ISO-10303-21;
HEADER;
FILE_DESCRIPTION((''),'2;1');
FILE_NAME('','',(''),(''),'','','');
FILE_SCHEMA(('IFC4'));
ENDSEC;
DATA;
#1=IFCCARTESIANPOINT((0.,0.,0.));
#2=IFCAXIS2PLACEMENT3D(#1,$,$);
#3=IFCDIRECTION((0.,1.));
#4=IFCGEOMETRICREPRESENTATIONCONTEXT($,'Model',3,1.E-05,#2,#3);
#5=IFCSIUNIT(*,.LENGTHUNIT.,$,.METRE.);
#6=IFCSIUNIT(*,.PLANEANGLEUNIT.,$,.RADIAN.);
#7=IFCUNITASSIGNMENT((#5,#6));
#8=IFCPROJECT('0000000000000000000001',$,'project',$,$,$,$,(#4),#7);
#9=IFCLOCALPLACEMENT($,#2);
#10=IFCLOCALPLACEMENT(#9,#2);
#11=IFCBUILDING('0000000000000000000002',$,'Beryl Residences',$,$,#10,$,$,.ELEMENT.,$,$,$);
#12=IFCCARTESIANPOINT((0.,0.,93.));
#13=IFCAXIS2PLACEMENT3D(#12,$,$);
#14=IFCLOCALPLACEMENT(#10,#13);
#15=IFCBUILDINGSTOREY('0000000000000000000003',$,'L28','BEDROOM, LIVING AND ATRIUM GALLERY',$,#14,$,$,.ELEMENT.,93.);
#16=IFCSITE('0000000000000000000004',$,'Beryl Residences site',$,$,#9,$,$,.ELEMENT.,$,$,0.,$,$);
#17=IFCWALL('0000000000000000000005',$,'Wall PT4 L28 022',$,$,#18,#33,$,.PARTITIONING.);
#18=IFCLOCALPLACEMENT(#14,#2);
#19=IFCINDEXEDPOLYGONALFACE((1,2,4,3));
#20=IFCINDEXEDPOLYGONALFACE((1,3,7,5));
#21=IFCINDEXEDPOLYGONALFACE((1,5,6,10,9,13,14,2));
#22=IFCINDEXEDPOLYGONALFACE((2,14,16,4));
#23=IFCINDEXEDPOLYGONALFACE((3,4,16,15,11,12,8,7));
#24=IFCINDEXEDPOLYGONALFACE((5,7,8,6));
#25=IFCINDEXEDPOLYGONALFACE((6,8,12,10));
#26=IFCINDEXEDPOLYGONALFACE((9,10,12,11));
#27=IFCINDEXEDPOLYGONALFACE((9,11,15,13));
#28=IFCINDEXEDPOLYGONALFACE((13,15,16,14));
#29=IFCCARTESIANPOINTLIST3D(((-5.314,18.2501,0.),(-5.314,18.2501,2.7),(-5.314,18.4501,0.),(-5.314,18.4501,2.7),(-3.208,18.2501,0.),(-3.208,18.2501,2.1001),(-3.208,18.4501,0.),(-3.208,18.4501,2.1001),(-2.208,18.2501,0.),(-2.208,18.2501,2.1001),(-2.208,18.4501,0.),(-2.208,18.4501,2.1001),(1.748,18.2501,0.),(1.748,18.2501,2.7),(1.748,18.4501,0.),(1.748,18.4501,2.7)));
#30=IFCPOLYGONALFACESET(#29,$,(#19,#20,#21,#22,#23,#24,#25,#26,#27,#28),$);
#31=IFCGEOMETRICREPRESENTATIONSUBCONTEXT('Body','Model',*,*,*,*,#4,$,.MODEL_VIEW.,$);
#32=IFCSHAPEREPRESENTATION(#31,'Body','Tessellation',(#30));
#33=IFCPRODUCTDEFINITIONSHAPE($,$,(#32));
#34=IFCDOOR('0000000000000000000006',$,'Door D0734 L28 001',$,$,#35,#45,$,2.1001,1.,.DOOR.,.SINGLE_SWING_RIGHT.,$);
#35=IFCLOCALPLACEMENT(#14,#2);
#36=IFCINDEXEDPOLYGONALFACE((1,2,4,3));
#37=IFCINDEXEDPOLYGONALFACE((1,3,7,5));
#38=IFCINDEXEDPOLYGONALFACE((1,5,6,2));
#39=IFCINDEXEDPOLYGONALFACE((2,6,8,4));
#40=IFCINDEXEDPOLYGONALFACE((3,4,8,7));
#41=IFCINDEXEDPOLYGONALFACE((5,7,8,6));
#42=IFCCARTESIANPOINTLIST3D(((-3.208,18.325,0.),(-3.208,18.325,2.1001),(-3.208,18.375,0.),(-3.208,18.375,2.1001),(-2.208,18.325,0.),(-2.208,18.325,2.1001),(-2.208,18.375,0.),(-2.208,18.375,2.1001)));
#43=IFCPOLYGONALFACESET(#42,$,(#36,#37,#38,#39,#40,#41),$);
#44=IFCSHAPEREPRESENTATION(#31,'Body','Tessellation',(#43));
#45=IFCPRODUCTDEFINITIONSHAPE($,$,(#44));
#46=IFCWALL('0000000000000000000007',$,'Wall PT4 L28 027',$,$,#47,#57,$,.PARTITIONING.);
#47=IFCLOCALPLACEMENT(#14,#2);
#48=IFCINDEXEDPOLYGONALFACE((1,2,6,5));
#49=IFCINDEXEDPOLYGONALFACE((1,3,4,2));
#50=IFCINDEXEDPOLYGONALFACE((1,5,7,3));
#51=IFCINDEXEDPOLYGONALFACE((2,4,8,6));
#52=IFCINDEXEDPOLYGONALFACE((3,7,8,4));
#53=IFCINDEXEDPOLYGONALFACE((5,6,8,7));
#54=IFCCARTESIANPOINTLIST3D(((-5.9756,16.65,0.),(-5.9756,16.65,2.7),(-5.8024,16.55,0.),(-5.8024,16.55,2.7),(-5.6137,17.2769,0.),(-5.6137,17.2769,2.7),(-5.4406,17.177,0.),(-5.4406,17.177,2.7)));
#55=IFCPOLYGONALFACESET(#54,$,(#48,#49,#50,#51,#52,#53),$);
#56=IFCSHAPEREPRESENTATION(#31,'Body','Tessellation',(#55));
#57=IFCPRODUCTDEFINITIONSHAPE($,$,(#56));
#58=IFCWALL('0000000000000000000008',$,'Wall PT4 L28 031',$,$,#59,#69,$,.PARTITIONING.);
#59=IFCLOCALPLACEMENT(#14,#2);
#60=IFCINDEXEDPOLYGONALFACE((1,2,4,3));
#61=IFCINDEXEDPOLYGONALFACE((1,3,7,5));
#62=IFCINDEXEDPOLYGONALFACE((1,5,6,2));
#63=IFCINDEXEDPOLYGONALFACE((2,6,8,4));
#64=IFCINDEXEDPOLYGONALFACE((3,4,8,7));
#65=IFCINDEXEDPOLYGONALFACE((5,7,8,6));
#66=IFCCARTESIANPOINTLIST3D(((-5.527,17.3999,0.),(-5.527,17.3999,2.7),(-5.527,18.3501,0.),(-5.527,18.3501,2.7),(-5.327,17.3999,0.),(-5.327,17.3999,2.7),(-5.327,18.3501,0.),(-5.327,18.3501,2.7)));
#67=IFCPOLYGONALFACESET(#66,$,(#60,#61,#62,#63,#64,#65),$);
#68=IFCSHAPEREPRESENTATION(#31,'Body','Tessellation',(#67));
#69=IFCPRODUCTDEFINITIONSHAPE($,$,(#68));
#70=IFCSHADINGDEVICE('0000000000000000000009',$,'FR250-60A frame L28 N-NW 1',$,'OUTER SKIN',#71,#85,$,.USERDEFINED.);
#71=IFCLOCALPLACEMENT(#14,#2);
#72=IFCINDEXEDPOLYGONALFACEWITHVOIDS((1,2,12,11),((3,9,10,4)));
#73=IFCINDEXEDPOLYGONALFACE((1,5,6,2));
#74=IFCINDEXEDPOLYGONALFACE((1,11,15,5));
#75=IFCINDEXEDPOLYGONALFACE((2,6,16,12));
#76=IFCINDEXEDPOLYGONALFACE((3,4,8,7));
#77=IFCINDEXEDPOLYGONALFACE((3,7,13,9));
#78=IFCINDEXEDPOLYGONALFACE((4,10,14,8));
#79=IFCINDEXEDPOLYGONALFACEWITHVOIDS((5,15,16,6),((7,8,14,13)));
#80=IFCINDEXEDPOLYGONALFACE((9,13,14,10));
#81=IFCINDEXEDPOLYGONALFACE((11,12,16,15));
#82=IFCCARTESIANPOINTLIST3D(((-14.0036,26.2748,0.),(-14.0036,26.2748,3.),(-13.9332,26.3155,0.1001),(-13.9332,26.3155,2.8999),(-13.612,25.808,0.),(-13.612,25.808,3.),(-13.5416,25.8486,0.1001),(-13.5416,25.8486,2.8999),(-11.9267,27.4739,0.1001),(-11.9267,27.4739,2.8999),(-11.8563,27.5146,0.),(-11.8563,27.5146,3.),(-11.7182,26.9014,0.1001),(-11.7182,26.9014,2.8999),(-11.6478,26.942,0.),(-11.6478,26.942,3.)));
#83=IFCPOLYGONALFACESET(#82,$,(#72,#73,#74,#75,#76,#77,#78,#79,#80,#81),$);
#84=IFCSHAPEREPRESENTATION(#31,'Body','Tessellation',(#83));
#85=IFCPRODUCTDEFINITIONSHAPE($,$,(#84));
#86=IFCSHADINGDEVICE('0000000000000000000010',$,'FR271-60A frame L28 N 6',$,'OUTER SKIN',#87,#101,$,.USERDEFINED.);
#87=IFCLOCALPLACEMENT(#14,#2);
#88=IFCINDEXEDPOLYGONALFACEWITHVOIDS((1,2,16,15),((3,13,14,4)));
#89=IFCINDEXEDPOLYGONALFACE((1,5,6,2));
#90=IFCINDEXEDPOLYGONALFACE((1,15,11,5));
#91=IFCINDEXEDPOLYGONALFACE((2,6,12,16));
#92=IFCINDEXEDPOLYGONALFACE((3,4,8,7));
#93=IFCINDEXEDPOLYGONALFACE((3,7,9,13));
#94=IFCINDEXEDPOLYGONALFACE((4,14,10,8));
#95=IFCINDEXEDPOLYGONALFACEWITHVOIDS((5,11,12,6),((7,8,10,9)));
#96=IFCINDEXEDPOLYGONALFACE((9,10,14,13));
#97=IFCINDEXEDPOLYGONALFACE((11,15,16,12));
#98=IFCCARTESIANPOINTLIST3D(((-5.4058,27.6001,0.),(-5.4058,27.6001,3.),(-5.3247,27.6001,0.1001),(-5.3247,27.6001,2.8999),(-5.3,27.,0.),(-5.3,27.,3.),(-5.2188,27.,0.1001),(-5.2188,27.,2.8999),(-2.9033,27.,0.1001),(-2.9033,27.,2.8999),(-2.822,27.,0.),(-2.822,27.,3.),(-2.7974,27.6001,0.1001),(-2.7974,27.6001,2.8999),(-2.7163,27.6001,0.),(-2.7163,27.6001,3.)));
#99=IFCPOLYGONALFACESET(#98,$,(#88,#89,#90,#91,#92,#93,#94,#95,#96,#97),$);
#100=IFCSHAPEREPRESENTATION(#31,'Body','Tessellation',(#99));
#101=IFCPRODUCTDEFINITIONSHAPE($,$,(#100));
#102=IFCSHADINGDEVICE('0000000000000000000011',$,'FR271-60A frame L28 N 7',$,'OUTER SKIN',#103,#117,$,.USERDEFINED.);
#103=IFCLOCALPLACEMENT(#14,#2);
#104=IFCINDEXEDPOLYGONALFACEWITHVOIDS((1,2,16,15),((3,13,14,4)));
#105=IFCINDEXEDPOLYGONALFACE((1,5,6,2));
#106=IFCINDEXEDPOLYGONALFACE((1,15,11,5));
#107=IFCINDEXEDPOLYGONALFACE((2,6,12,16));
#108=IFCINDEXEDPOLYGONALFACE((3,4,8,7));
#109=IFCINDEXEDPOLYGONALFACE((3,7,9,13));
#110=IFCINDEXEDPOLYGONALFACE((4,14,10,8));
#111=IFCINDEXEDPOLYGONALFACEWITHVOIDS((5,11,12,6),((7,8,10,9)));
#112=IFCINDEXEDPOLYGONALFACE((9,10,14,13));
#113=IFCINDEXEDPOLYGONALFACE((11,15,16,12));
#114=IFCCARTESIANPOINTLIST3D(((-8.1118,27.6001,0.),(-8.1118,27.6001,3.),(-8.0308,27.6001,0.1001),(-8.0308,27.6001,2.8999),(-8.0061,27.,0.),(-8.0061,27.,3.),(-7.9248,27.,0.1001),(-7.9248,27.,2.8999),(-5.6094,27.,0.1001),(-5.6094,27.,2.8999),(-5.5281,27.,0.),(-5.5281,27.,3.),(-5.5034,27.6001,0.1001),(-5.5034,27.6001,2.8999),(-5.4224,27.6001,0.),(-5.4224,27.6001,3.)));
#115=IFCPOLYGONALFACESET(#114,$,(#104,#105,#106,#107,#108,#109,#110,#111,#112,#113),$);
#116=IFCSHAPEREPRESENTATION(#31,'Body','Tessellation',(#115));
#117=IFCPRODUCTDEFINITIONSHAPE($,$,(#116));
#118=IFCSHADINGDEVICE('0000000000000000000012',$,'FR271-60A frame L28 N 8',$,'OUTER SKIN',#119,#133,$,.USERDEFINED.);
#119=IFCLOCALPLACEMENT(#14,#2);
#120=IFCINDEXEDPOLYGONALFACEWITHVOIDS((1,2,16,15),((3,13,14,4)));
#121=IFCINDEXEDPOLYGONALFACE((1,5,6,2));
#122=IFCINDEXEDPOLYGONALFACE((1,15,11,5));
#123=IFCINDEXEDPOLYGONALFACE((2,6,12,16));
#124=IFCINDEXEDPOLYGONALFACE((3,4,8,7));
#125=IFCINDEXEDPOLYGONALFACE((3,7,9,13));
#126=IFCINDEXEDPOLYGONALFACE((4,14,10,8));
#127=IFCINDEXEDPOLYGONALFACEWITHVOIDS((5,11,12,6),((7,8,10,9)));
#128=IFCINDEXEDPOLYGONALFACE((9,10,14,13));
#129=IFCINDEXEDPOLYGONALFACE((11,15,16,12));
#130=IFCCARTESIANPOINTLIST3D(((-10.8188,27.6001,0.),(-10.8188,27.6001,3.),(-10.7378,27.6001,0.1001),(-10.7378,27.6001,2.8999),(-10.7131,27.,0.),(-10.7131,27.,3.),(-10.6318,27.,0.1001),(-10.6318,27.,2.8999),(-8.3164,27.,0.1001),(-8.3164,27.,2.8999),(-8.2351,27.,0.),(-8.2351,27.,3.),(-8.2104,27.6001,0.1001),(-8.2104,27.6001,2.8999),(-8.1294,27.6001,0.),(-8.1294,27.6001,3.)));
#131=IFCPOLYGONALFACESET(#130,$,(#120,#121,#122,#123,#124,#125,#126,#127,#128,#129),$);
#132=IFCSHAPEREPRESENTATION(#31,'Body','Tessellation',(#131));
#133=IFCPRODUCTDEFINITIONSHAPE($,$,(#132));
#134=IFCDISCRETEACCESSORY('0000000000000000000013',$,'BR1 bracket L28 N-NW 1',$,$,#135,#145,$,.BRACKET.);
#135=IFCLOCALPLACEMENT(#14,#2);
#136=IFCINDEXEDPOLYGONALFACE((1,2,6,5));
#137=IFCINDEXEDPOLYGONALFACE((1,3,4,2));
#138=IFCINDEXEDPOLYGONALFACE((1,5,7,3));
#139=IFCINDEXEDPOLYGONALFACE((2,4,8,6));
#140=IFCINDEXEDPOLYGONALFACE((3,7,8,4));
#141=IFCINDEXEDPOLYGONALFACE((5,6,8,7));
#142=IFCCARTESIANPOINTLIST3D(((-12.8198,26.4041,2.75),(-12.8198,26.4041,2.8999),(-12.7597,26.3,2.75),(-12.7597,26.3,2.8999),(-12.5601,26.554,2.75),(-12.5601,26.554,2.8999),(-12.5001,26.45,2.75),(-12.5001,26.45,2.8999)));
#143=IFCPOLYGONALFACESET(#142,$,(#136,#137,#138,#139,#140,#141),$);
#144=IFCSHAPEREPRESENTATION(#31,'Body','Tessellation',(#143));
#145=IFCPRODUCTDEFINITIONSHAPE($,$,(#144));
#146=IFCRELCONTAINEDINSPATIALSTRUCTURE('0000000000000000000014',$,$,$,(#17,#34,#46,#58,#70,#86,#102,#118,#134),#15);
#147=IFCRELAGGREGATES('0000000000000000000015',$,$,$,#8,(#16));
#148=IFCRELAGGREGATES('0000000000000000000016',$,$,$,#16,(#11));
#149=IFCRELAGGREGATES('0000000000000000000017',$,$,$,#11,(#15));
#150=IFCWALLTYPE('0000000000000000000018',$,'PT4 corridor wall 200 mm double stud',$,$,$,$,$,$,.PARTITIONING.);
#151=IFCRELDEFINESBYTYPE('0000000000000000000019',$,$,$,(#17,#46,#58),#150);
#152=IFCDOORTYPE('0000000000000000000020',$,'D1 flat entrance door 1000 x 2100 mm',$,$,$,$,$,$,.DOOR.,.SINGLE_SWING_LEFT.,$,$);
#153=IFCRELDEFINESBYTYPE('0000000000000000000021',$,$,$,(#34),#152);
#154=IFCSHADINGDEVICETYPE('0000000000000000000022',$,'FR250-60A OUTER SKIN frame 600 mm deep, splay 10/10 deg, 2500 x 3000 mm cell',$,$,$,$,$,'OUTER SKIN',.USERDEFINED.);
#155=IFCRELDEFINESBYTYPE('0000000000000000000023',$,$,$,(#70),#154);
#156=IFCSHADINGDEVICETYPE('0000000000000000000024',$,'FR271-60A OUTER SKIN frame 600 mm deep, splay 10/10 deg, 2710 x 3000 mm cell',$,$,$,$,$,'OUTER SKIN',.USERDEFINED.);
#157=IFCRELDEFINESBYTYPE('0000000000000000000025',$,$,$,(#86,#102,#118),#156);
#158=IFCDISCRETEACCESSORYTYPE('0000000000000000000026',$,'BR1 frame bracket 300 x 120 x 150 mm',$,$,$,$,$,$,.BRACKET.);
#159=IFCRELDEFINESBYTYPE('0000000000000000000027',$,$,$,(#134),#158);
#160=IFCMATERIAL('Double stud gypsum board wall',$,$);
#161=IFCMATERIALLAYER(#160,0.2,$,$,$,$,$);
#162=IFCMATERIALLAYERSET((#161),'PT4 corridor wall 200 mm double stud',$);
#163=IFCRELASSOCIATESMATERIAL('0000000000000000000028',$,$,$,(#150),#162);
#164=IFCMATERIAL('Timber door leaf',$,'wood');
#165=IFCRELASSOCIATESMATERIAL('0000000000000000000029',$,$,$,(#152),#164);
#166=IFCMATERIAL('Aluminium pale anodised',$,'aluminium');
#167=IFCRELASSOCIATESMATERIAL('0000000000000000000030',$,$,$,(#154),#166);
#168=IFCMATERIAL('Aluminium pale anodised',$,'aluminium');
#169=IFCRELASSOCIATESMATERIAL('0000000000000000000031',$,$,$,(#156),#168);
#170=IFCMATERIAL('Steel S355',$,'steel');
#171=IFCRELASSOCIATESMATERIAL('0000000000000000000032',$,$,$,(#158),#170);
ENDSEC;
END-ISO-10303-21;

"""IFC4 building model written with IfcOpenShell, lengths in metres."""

from ifc_helpers import new_model, entity, si_unit, direction, frame, frame_2d, origin, place, context, subcontext, project, spatial, polyline, rectangle, outline, extrude, source, transform, mapped, material, layer, layer_set, type_object, type_shapes, element, fill, save


model = new_model("IFC4")

# Units and contexts
model_context = context("Model", 3, precision=1e-05, world=origin(), true_north=direction((0.0, 1.0)))
body_context = subcontext(model_context, "Body", "Model", "MODEL_VIEW")
ifc_project = project(units=[si_unit("LENGTHUNIT", "METRE"), si_unit("PLANEANGLEUNIT", "RADIAN")], contexts=[model_context])

# Site, building, storey
site_placement = place(None, origin())
site = spatial("IfcSite", under=ifc_project, at=site_placement, Name="Beryl Residences site", CompositionType="ELEMENT", RefElevation=0.0)
building_placement = place(site_placement, origin())
building = spatial("IfcBuilding", under=site, at=building_placement, Name="Beryl Residences", CompositionType="ELEMENT")
storey_placement = place(building_placement, frame((0.0, 0.0, 93.0)))
storey = spatial("IfcBuildingStorey", under=building, at=storey_placement, Name="L28", Description="BEDROOM, LIVING AND ATRIUM GALLERY", CompositionType="ELEMENT", Elevation=93.0)

# Wall, opening, door
ifc_material_1 = material(Name="Double stud gypsum board wall")
ifc_layer_1 = layer(ifc_material_1, 0.2)
ifc_layer_set_1 = layer_set([ifc_layer_1], Name="PT4 corridor wall 200 mm double stud")
wall_type_1 = type_object("IfcWallType", Name="PT4 corridor wall 200 mm double stud", PredefinedType="PARTITIONING", material=ifc_layer_set_1)
wall_1_placement = place(storey_placement, frame((-5.314, 18.3501, 0.0), z_axis=(0.0, 0.0, 1.0), x_axis=(1.0, 0.0, 0.0)))
wall_1 = element("IfcWall", 1, at=wall_1_placement, inside=storey, type_object=wall_type_1, Name="Wall PT4 L28 022", PredefinedType="PARTITIONING", context=body_context, shape_type="SweptSolid", body=[
    extrude(rectangle(XDim=7.062, YDim=0.2, at=frame_2d((3.531, 0.0))), origin(), (0.0, 0.0, 1.0), 2.7),
])
opening_1_placement = place(wall_1_placement, frame((2.106, 0.0, 0.0)))
opening_1 = element("IfcOpeningElement", 2, at=opening_1_placement, cuts=wall_1, PredefinedType="OPENING", context=body_context, shape_type="SweptSolid", body=[
    extrude(rectangle(XDim=1.0, YDim=2.1001, at=frame_2d((0.5, 1.05))), frame((0.0, 0.1099, 0.0), z_axis=(0.0, -1.0, 0.0), x_axis=(1.0, 0.0, 0.0)), (0.0, 0.0, 1.0), 0.22),
])
ifc_material_2 = material(Name="Timber door leaf", Category="wood")
door_type_1 = type_object("IfcDoorType", Name="D1 flat entrance door 1000 x 2100 mm", OperationType="SINGLE_SWING_LEFT", PredefinedType="DOOR", material=ifc_material_2)
door_1_placement = place(opening_1_placement, origin())
door_1 = element("IfcDoor", 3, at=door_1_placement, inside=storey, type_object=door_type_1, Name="Door D0734 L28 001", OperationType="SINGLE_SWING_RIGHT", OverallHeight=2.1001, OverallWidth=1.0, PredefinedType="DOOR", context=body_context, shape_type="SweptSolid", body=[
    extrude(rectangle(XDim=1.0, YDim=2.1001, at=frame_2d((0.5, 1.05))), frame((0.0, 0.0249, 0.0), z_axis=(0.0, -1.0, 0.0), x_axis=(1.0, 0.0, 0.0)), (0.0, 0.0, 1.0), 0.05),
])
fill(opening_1, door_1)

# Walls
wall_2_placement = place(storey_placement, frame((-5.8889, 16.6001, 0.0), z_axis=(0.0, 0.0, 1.0), x_axis=(0.499839, 0.866118, 0.0)))
element("IfcWall", 4, at=wall_2_placement, inside=storey, type_object=wall_type_1, Name="Wall PT4 L28 027", PredefinedType="PARTITIONING", context=body_context, shape_type="SweptSolid", body=[
    extrude(rectangle(XDim=0.7239, YDim=0.2, at=frame_2d((0.3618, 0.0))), origin(), (0.0, 0.0, 1.0), 2.7),
])
wall_3_placement = place(storey_placement, frame((-5.427, 17.3999, 0.0), z_axis=(0.0, 0.0, 1.0), x_axis=(0.0, 1.0, 0.0)))
element("IfcWall", 5, at=wall_3_placement, inside=storey, type_object=wall_type_1, Name="Wall PT4 L28 031", PredefinedType="PARTITIONING", context=body_context, shape_type="SweptSolid", body=[
    extrude(rectangle(XDim=0.9502, YDim=0.2, at=frame_2d((0.4751, 0.0))), origin(), (0.0, 0.0, 1.0), 2.7),
])

# Shading devices
ifc_material_3 = material(Name="Aluminium pale anodised", Category="aluminium")
shading_device_type_1 = type_object("IfcShadingDeviceType", Name="FR250-60A OUTER SKIN frame 600 mm deep, splay 10/10 deg, 2500 x 3000 mm cell", ElementType="OUTER SKIN", PredefinedType="USERDEFINED", material=ifc_material_3)
cartesian_point_1 = entity("IfcCartesianPoint", [-1.134, 0.0])
cartesian_point_2 = entity("IfcCartesianPoint", [-1.0527, 0.1001])
cartesian_point_3 = entity("IfcCartesianPoint", [-1.2397, 0.0])
cartesian_point_4 = entity("IfcCartesianPoint", [-1.1584, 0.1001])
shared_shape_1 = source(origin(), body_context, "Body", "SweptSolid", [
    entity("IfcExtrudedAreaSolidTapered", entity("IfcArbitraryProfileDefWithVoids", "AREA", None, entity("IfcPolyline", [cartesian_point_1, entity("IfcCartesianPoint", [1.134, 0.0]), entity("IfcCartesianPoint", [1.134, 3.0]), entity("IfcCartesianPoint", [-1.134, 3.0]), cartesian_point_1]), [entity("IfcPolyline", [cartesian_point_2, entity("IfcCartesianPoint", [1.0527, 0.1001]), entity("IfcCartesianPoint", [1.0527, 2.8999]), entity("IfcCartesianPoint", [-1.0527, 2.8999]), cartesian_point_2])]), entity("IfcAxis2Placement3D", entity("IfcCartesianPoint", [0.0, 0.0, 0.0]), entity("IfcDirection", [0.0, 1.0, 0.0]), entity("IfcDirection", [-1.0, 0.0, 0.0])), entity("IfcDirection", [0.0, 0.0, 1.0]), 0.6001, entity("IfcArbitraryProfileDefWithVoids", "AREA", None, entity("IfcPolyline", [cartesian_point_3, entity("IfcCartesianPoint", [1.2397, 0.0]), entity("IfcCartesianPoint", [1.2397, 3.0]), entity("IfcCartesianPoint", [-1.2397, 3.0]), cartesian_point_3]), [entity("IfcPolyline", [cartesian_point_4, entity("IfcCartesianPoint", [1.1584, 0.1001]), entity("IfcCartesianPoint", [1.1584, 2.8999]), entity("IfcCartesianPoint", [-1.1584, 2.8999]), cartesian_point_4])])),
])
type_shapes(shading_device_type_1, [shared_shape_1])
shading_device_placement = place(storey_placement, frame((-12.6299, 26.375, 0.0), z_axis=(0.0, 0.0, 1.0), x_axis=(0.866025, 0.5, 0.0)))
element("IfcShadingDevice", 6, at=shading_device_placement, inside=storey, type_object=shading_device_type_1, Name="FR250-60A frame L28 N-NW 1", ObjectType="OUTER SKIN", PredefinedType="USERDEFINED", context=body_context, shape_type="MappedRepresentation", body=[
    mapped(shared_shape_1, transform((0.0, 0.0, 0.0))),
])
ifc_material_4 = material(Name="Aluminium pale anodised", Category="aluminium")
shading_device_type_2 = type_object("IfcShadingDeviceType", Name="FR271-60A OUTER SKIN frame 600 mm deep, splay 10/10 deg, 2710 x 3000 mm cell", ElementType="OUTER SKIN", PredefinedType="USERDEFINED", material=ifc_material_4)
cartesian_point_5 = entity("IfcCartesianPoint", [-1.239, 0.0])
cartesian_point_6 = entity("IfcCartesianPoint", [-1.1577, 0.1001])
cartesian_point_7 = entity("IfcCartesianPoint", [-1.3447, 0.0])
cartesian_point_8 = entity("IfcCartesianPoint", [-1.2637, 0.1001])
shared_shape_2 = source(origin(), body_context, "Body", "SweptSolid", [
    entity("IfcExtrudedAreaSolidTapered", entity("IfcArbitraryProfileDefWithVoids", "AREA", None, entity("IfcPolyline", [cartesian_point_5, entity("IfcCartesianPoint", [1.239, 0.0]), entity("IfcCartesianPoint", [1.239, 3.0]), entity("IfcCartesianPoint", [-1.239, 3.0]), cartesian_point_5]), [entity("IfcPolyline", [cartesian_point_6, entity("IfcCartesianPoint", [1.1577, 0.1001]), entity("IfcCartesianPoint", [1.1577, 2.8999]), entity("IfcCartesianPoint", [-1.1577, 2.8999]), cartesian_point_6])]), entity("IfcAxis2Placement3D", entity("IfcCartesianPoint", [0.0, 0.0, 0.0]), entity("IfcDirection", [0.0, 1.0, 0.0]), entity("IfcDirection", [-1.0, 0.0, 0.0])), entity("IfcDirection", [0.0, 0.0, 1.0]), 0.6001, entity("IfcArbitraryProfileDefWithVoids", "AREA", None, entity("IfcPolyline", [cartesian_point_7, entity("IfcCartesianPoint", [1.3447, 0.0]), entity("IfcCartesianPoint", [1.3447, 3.0]), entity("IfcCartesianPoint", [-1.3447, 3.0]), cartesian_point_7]), [entity("IfcPolyline", [cartesian_point_8, entity("IfcCartesianPoint", [1.2637, 0.1001]), entity("IfcCartesianPoint", [1.2637, 2.8999]), entity("IfcCartesianPoint", [-1.2637, 2.8999]), cartesian_point_8])])),
])
type_shapes(shading_device_type_2, [shared_shape_2])
for number, where, z_axis, x_axis, name in (
    (7, (-4.061, 27.0, 0.0), (0.0, 0.0, 1.0), (1.0, 0.0, 0.0), "FR271-60A frame L28 N 6"),
    (8, (-6.7671, 27.0, 0.0), (0.0, 0.0, 1.0), (1.0, 0.0, 0.0), "FR271-60A frame L28 N 7"),
    (9, (-9.4741, 27.0, 0.0), (0.0, 0.0, 1.0), (1.0, 0.0, 0.0), "FR271-60A frame L28 N 8"),
):
    element("IfcShadingDevice", number, at=place(storey_placement, frame(where, z_axis=z_axis, x_axis=x_axis)), inside=storey, type_object=shading_device_type_2, Name=name, ObjectType="OUTER SKIN", PredefinedType="USERDEFINED", context=body_context, shape_type="MappedRepresentation", body=[
        mapped(shared_shape_2, transform((0.0, 0.0, 0.0))),
    ])

# Discrete accessory
ifc_material_5 = material(Name="Steel S355", Category="steel")
discrete_accessory_type = type_object("IfcDiscreteAccessoryType", Name="BR1 frame bracket 300 x 120 x 150 mm", PredefinedType="BRACKET", material=ifc_material_5)
shared_shape_3 = source(origin(), body_context, "Body", "SweptSolid", [
    extrude(outline(polyline([(-0.1499, 0.0), (0.1499, 0.0), (0.1499, 0.1201), (-0.1499, 0.1201), (-0.1499, 0.0)])), origin(), (0.0, 0.0, 1.0), 0.1499),
])
type_shapes(discrete_accessory_type, [shared_shape_3])
discrete_accessory_placement = place(storey_placement, frame((-12.6299, 26.375, 2.75), z_axis=(0.0, 0.0, 1.0), x_axis=(0.866025, 0.5, 0.0)))
element("IfcDiscreteAccessory", 10, at=discrete_accessory_placement, inside=storey, type_object=discrete_accessory_type, Name="BR1 bracket L28 N-NW 1", PredefinedType="BRACKET", context=body_context, shape_type="MappedRepresentation", body=[
    mapped(shared_shape_3, transform((0.0, 0.0, 0.0))),
])

save(model, "model.ifc")
